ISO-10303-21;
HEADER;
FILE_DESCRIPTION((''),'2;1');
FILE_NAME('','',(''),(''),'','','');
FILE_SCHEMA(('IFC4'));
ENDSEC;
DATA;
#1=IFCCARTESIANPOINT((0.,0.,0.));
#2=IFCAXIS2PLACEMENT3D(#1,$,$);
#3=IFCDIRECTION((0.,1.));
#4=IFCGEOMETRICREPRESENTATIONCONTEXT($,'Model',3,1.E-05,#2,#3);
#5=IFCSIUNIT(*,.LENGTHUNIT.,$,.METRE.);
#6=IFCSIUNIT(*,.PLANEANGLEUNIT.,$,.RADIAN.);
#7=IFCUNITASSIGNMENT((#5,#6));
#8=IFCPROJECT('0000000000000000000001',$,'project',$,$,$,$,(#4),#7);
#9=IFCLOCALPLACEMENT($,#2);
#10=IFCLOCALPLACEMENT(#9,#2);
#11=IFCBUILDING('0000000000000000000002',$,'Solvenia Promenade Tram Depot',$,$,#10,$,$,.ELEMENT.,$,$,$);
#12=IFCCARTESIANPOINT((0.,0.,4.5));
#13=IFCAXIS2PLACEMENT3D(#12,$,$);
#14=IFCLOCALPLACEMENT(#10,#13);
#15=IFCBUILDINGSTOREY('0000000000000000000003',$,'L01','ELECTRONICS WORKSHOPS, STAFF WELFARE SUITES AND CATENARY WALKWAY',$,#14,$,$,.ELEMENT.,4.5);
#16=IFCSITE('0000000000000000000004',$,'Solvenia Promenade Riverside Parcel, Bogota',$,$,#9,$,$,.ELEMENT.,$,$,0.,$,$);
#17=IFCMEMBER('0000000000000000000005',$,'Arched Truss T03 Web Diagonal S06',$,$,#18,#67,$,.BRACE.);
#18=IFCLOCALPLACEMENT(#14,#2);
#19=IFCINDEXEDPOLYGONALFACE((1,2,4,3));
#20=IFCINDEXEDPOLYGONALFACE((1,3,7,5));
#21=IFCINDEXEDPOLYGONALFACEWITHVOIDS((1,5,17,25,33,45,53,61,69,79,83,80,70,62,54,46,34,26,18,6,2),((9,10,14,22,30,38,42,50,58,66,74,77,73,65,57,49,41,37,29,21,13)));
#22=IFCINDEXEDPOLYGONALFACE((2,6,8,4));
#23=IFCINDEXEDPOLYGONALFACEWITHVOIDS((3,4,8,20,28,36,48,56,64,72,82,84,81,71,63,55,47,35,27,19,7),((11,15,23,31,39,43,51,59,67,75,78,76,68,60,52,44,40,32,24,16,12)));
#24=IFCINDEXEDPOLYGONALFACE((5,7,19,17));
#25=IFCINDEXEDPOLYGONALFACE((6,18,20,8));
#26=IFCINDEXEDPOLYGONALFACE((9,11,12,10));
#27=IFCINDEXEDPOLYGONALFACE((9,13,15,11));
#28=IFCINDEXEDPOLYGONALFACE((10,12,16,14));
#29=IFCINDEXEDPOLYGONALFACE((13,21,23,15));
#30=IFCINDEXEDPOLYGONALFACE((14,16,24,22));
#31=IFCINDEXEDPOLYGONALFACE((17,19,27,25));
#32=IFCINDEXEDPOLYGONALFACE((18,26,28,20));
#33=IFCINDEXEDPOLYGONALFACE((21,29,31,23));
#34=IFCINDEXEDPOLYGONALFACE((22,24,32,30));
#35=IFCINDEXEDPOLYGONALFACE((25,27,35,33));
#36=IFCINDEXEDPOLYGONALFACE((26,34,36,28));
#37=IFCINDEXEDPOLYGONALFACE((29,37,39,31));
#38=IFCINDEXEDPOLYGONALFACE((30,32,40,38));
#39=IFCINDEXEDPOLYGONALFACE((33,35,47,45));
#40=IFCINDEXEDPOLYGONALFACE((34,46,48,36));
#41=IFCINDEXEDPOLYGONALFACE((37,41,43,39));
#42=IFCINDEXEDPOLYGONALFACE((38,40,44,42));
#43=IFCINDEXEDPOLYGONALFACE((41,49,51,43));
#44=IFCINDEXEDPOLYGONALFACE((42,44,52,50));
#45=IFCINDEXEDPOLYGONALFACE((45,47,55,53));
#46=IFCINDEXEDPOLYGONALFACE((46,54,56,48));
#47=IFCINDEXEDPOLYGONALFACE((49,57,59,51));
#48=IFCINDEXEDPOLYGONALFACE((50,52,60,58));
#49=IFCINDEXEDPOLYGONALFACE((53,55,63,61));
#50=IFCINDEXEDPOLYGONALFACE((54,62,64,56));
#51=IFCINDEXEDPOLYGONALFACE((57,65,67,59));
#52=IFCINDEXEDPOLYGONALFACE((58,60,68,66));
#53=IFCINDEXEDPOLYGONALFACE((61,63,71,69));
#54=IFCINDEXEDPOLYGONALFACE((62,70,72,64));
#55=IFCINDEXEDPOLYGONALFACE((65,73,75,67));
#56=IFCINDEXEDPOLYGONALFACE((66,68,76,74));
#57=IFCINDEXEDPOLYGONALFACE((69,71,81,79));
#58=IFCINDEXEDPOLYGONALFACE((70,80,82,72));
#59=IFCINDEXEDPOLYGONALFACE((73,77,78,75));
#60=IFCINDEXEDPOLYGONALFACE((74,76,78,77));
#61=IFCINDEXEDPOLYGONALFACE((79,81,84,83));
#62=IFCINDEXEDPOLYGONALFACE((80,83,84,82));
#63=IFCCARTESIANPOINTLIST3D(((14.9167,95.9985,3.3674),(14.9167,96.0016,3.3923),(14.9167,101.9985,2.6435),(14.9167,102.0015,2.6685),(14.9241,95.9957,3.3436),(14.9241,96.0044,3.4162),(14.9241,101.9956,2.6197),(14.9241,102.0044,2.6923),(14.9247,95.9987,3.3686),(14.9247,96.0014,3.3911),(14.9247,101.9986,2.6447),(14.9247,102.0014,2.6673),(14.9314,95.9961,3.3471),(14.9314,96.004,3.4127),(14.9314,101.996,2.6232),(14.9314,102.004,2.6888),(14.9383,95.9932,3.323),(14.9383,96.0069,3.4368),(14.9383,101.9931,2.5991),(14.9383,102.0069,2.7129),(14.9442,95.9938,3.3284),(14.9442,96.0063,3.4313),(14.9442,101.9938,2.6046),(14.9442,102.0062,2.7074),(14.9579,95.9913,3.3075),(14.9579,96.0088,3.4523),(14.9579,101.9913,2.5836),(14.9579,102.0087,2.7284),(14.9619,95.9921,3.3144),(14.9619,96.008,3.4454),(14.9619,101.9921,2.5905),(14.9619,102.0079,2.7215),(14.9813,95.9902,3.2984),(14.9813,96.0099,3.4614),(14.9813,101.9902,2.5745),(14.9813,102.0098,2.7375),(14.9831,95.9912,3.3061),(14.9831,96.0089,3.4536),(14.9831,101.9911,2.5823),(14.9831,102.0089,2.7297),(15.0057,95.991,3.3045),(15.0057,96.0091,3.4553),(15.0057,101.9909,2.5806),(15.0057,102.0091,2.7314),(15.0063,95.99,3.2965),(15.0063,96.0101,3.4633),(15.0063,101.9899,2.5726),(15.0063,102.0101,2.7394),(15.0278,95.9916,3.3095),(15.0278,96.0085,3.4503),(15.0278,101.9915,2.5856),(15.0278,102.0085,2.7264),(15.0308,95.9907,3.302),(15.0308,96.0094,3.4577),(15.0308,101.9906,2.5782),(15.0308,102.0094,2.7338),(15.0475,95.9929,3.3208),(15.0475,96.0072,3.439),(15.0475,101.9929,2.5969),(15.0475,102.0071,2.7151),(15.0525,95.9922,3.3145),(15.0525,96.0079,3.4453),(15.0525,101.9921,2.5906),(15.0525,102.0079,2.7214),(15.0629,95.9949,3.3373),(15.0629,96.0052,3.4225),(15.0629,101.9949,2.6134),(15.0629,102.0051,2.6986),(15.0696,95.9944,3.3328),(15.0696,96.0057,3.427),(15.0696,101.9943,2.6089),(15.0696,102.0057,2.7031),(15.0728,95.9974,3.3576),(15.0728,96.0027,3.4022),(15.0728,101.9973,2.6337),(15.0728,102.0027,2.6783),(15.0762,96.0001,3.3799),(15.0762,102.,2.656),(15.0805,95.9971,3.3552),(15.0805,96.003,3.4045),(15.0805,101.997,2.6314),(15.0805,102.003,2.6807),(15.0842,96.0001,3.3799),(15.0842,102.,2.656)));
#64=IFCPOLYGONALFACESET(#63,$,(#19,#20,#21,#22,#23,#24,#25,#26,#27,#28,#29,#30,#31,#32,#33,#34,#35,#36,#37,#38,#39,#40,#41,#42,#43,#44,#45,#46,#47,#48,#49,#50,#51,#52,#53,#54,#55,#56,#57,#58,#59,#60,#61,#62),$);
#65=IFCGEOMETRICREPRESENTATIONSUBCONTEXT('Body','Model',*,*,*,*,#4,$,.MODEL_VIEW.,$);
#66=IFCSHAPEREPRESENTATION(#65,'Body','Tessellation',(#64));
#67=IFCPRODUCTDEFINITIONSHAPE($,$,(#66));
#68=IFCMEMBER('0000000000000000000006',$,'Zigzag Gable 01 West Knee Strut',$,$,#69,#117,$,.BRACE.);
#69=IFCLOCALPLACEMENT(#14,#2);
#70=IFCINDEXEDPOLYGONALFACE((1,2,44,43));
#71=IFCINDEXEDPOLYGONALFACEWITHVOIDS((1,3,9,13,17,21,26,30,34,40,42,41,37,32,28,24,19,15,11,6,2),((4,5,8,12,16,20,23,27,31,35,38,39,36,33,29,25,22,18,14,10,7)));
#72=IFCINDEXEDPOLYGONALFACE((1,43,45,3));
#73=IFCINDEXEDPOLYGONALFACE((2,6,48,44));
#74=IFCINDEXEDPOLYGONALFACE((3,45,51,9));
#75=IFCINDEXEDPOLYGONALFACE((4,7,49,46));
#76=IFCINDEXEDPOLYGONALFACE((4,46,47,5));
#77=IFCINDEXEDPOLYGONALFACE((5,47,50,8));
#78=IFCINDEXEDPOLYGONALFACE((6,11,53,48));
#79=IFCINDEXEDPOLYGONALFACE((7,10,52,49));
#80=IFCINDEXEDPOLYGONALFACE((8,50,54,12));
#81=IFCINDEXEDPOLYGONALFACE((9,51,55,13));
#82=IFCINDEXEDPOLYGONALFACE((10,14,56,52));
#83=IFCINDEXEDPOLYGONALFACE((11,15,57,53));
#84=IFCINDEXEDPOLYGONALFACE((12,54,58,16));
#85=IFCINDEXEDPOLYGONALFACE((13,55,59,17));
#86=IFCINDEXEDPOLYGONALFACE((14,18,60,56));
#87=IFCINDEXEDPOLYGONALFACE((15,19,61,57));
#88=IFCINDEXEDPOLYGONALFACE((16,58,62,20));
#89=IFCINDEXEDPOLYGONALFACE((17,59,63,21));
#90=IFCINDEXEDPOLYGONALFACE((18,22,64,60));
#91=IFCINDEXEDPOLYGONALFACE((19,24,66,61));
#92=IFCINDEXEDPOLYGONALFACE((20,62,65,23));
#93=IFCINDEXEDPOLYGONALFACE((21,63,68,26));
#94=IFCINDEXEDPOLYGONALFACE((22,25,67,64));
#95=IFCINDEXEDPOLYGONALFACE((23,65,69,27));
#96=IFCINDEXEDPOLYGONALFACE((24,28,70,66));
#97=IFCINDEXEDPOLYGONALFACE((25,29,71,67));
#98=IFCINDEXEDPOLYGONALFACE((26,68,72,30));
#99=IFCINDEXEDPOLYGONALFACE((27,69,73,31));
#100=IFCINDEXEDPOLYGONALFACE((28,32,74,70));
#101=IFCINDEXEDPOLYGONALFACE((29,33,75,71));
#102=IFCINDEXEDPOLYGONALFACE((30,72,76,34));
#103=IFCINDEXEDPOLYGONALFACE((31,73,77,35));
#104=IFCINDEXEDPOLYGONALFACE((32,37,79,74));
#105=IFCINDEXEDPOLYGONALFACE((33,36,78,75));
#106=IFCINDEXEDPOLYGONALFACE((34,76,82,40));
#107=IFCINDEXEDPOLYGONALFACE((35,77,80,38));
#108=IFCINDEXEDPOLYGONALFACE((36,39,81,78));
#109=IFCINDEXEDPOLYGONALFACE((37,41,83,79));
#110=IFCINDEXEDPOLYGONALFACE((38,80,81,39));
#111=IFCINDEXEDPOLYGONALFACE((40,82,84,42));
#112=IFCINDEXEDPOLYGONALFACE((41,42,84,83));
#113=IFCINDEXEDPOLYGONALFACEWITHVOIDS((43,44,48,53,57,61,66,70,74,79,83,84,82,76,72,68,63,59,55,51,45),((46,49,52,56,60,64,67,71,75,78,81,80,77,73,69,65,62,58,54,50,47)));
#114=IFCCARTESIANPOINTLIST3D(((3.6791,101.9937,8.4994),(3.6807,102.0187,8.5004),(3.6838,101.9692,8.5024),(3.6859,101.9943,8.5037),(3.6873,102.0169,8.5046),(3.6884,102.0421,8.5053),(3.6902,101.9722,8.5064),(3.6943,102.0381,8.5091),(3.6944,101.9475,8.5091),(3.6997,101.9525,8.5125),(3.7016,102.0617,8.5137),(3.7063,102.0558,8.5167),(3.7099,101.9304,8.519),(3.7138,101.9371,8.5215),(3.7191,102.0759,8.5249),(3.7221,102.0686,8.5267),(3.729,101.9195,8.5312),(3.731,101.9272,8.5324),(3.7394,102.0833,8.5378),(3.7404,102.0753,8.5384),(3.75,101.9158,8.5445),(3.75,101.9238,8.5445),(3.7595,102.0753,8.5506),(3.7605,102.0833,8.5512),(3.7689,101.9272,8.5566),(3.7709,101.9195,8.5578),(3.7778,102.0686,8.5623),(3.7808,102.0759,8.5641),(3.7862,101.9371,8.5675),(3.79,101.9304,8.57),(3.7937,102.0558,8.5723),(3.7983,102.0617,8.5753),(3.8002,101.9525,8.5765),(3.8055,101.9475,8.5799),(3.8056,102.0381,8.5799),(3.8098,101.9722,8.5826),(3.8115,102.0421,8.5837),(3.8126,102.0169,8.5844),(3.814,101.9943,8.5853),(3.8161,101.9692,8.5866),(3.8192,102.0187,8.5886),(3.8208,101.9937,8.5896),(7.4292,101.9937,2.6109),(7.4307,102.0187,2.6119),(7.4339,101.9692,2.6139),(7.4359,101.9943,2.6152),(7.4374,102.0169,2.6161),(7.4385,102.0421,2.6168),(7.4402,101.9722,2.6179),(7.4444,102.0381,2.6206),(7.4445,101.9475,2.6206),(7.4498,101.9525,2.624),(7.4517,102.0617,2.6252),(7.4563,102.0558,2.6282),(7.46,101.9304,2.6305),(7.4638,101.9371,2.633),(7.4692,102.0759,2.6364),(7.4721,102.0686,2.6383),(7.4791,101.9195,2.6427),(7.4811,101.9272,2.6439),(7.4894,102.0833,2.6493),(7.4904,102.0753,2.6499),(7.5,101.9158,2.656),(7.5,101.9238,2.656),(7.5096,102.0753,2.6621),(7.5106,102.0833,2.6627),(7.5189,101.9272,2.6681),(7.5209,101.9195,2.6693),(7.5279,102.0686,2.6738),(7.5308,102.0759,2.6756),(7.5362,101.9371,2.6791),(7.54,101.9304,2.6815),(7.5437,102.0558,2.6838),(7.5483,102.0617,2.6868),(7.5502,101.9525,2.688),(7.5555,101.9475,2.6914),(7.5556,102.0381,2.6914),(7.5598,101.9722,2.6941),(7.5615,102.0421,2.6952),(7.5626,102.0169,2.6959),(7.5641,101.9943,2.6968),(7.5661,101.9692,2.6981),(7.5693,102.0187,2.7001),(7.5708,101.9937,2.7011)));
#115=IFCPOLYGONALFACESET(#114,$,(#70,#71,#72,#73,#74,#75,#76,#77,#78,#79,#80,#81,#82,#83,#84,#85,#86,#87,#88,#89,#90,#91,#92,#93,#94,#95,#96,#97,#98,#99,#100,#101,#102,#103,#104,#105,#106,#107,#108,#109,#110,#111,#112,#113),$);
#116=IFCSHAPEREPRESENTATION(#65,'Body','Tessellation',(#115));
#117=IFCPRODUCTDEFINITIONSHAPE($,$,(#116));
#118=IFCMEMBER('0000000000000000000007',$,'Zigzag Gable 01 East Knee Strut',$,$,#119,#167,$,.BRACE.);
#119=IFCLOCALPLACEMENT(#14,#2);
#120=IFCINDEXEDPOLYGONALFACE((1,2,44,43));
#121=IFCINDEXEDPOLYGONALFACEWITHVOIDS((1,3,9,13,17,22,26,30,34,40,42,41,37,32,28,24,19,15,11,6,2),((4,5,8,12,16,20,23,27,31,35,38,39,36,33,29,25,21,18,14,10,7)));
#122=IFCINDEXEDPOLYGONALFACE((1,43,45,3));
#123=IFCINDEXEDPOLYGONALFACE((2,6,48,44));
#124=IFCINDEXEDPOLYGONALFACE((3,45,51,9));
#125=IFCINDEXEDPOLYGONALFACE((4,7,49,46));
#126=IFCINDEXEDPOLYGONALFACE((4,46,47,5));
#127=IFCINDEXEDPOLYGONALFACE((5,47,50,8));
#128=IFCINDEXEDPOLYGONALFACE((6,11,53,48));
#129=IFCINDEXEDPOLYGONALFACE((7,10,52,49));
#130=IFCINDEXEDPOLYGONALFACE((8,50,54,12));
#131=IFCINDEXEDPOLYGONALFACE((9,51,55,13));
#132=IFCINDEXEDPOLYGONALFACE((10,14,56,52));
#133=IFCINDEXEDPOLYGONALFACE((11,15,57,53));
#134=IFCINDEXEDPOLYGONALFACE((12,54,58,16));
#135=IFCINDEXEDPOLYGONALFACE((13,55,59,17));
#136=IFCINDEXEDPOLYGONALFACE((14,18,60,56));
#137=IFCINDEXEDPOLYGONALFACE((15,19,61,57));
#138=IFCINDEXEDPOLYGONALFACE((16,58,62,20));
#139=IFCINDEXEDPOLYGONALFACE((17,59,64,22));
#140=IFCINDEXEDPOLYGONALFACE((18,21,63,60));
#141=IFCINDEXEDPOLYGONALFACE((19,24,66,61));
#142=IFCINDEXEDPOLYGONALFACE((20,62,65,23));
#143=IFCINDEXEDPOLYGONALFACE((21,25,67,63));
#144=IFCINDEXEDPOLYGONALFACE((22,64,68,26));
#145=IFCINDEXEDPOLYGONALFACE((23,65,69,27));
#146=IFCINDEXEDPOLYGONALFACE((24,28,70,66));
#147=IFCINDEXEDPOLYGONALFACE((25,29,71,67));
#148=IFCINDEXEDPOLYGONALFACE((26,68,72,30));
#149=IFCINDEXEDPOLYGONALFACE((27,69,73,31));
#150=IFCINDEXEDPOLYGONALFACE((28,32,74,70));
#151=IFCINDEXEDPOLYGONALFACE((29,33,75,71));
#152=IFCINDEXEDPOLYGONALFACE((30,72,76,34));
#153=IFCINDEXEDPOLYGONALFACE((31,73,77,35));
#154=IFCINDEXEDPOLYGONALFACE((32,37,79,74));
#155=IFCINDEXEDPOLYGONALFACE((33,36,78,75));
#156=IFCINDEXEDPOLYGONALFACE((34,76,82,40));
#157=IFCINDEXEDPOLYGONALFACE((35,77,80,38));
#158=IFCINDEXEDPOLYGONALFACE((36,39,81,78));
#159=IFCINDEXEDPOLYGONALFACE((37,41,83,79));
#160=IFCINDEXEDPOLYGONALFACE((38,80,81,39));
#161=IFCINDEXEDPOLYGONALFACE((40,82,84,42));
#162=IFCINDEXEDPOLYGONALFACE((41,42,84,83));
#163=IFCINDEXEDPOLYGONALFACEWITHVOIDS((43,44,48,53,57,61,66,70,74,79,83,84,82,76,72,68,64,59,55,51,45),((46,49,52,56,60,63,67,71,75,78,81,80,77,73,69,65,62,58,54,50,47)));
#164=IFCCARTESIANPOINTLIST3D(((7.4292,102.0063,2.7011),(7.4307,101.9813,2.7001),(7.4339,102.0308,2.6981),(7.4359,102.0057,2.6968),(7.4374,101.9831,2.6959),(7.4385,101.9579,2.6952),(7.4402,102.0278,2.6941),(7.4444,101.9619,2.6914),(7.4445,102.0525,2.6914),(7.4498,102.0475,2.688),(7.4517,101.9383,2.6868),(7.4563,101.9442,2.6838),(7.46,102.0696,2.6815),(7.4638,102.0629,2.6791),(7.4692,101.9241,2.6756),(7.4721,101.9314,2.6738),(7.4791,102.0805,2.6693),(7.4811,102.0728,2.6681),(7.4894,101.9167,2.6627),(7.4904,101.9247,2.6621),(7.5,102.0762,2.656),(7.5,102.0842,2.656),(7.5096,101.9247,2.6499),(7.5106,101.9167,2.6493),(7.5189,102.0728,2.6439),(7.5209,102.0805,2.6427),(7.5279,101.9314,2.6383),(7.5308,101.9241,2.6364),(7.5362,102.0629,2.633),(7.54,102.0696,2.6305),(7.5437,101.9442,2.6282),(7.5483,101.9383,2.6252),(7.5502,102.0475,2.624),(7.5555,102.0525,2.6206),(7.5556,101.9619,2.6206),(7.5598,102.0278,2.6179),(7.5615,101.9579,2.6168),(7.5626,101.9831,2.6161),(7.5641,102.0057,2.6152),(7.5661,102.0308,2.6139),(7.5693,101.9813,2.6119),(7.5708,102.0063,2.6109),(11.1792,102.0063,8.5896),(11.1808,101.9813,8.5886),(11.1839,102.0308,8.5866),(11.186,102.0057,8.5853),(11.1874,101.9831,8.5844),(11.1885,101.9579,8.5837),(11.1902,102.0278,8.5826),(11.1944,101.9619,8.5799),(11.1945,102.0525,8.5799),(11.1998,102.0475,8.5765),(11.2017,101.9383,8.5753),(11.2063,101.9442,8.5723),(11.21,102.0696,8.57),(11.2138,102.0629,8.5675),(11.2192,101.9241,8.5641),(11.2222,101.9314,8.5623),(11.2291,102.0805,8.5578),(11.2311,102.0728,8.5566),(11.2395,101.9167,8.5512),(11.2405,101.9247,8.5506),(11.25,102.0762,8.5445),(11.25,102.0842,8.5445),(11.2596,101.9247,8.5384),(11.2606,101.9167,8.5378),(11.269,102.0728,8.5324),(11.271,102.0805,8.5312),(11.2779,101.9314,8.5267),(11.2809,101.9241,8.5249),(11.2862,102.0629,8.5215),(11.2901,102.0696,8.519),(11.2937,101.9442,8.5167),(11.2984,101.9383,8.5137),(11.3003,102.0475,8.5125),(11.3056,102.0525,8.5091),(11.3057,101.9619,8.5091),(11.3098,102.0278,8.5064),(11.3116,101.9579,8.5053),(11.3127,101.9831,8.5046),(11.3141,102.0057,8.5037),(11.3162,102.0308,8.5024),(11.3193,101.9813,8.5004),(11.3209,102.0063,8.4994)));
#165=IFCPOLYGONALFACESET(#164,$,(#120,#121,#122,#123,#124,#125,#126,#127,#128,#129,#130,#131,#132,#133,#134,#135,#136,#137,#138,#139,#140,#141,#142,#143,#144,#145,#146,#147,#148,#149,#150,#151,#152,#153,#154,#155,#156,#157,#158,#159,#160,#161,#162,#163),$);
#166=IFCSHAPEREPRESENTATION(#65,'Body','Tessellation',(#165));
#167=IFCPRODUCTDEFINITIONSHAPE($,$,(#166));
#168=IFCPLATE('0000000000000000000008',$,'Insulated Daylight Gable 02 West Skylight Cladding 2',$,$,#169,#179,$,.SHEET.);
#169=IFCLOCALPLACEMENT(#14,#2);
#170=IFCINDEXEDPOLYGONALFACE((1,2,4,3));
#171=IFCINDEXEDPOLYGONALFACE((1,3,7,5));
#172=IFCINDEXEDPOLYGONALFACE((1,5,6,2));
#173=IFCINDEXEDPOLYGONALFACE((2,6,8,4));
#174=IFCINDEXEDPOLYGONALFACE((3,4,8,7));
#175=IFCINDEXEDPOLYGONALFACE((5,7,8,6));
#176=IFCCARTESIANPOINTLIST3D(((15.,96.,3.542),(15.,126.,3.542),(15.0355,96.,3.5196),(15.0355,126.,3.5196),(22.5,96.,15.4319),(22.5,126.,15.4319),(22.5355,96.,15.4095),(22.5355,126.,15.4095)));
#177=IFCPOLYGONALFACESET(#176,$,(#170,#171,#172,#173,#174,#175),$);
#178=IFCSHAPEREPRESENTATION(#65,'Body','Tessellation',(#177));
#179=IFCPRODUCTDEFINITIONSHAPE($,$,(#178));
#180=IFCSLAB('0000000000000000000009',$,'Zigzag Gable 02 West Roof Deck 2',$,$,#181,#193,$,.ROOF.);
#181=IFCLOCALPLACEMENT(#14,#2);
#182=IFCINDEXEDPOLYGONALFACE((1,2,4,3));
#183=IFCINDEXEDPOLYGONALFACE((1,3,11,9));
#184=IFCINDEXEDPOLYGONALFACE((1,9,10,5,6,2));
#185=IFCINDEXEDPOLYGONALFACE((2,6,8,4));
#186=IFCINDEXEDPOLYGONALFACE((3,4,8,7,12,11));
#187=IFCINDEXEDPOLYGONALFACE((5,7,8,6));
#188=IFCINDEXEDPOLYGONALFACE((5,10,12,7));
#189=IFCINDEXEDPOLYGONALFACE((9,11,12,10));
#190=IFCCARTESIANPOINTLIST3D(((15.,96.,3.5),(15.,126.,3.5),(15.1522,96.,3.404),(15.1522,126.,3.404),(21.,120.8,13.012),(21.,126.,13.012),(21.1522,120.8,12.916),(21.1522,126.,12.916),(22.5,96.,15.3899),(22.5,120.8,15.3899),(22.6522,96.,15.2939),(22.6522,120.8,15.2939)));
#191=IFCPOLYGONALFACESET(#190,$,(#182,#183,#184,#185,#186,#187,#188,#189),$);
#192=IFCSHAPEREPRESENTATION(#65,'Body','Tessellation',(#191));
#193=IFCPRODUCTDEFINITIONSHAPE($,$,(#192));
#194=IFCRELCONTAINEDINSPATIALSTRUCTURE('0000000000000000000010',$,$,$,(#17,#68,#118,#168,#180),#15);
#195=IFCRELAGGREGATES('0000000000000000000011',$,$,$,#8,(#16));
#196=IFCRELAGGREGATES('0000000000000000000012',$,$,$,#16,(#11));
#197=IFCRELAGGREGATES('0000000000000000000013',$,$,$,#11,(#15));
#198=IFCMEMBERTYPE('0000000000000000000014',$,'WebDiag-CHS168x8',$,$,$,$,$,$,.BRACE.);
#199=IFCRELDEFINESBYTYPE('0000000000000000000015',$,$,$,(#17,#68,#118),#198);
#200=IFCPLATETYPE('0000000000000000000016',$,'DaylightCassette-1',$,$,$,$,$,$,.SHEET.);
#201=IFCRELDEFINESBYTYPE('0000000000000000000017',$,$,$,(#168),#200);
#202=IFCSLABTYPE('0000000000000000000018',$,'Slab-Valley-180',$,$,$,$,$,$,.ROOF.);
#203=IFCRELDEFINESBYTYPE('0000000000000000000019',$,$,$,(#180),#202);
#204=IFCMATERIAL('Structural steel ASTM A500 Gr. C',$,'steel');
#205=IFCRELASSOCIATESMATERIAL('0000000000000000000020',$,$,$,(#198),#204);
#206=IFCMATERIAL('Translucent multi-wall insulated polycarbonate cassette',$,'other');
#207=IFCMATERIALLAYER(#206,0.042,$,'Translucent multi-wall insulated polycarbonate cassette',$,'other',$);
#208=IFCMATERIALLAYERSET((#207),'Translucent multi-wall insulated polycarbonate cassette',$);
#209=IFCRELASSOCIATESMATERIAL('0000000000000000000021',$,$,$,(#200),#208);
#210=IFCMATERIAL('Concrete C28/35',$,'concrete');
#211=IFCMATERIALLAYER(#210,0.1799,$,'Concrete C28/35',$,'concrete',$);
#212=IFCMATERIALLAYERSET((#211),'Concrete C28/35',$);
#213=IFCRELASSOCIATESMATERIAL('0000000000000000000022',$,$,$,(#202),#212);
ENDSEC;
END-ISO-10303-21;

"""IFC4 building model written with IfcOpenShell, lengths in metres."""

from ifc_helpers import new_model, si_unit, direction, frame, origin, origin_2d, place, context, subcontext, project, spatial, polyline, hollow_circle, outline, extrude, material, layer, layer_set, material_profile, profile_set, type_object, element, save


model = new_model("IFC4")

# Units and contexts
model_context = context("Model", 3, precision=1e-05, world=origin(), true_north=direction((0.0, 1.0)))
body_context = subcontext(model_context, "Body", "Model", "MODEL_VIEW")
ifc_project = project(units=[si_unit("LENGTHUNIT", "METRE"), si_unit("PLANEANGLEUNIT", "RADIAN")], contexts=[model_context])

# Site, building, storey
site_placement = place(None, origin())
site = spatial("IfcSite", under=ifc_project, at=site_placement, Name="Solvenia Promenade Riverside Parcel, Bogota", CompositionType="ELEMENT", RefElevation=0.0)
building_placement = place(site_placement, origin())
building = spatial("IfcBuilding", under=site, at=building_placement, Name="Solvenia Promenade Tram Depot", CompositionType="ELEMENT")
storey_placement = place(building_placement, frame((0.0, 0.0, 4.5)))
storey = spatial("IfcBuildingStorey", under=building, at=storey_placement, Name="L01", Description="ELECTRONICS WORKSHOPS, STAFF WELFARE SUITES AND CATENARY WALKWAY", CompositionType="ELEMENT", Elevation=4.5)

# Shared definitions
ifc_material_1 = material(Name="Structural steel ASTM A500 Gr. C", Category="steel")

# Members
ifc_material_profile_1 = material_profile(ifc_material_1, hollow_circle(Radius=0.0842, WallThickness=0.0081, at=origin_2d()), Name="CHS168.3x8", Category="steel")
ifc_profile_set_1 = profile_set([ifc_material_profile_1], Name="Structural steel ASTM A500 Gr. C")
member_type_1 = type_object("IfcMemberType", Name="WebDiag-CHS168x8", PredefinedType="BRACE", material=ifc_profile_set_1)
member_1_placement = place(storey_placement, frame((15.0, 102.0, 2.656), z_axis=(0.0, -0.992801, 0.119778), x_axis=(1.0, 0.0, 0.0)))
element("IfcMember", 1, at=member_1_placement, inside=storey, type_object=member_type_1, Name="Arched Truss T03 Web Diagonal S06", PredefinedType="BRACE", context=body_context, shape_type="SweptSolid", body=[
    extrude(hollow_circle(Radius=0.0842, WallThickness=0.0081, at=origin_2d()), origin(), (0.0, 0.0, 1.0), 6.0435),
])
for number, where, z_axis, x_axis, name in (
    (2, (7.5, 102.0, 2.656), (-0.537163, 0.0, 0.843479), (0.0, -1.0, 0.0), "Zigzag Gable 01 West Knee Strut"),
    (3, (7.5, 102.0, 2.656), (0.537163, 0.0, 0.843479), (0.0, 1.0, 0.0), "Zigzag Gable 01 East Knee Strut"),
):
    element("IfcMember", number, at=place(storey_placement, frame(where, z_axis=z_axis, x_axis=x_axis)), inside=storey, type_object=member_type_1, Name=name, PredefinedType="BRACE", context=body_context, shape_type="SweptSolid", body=[
        extrude(hollow_circle(Radius=0.0842, WallThickness=0.0081, at=origin_2d()), origin(), (0.0, 0.0, 1.0), 6.9812),
    ])

# Plate
ifc_material_2 = material(Name="Translucent multi-wall insulated polycarbonate cassette", Category="other")
ifc_layer_1 = layer(ifc_material_2, 0.042, Name="Translucent multi-wall insulated polycarbonate cassette", Category="other")
ifc_layer_set_1 = layer_set([ifc_layer_1], Name="Translucent multi-wall insulated polycarbonate cassette")
plate_type = type_object("IfcPlateType", Name="DaylightCassette-1", PredefinedType="SHEET", material=ifc_layer_set_1)
plate_placement = place(storey_placement, frame((15.0, 96.0, 3.542), z_axis=(-0.845791, 0.0, 0.533515), x_axis=(0.0, 1.0, 0.0)))
element("IfcPlate", 4, at=plate_placement, inside=storey, type_object=plate_type, Name="Insulated Daylight Gable 02 West Skylight Cladding 2", PredefinedType="SHEET", context=body_context, shape_type="SweptSolid", body=[
    extrude(outline(polyline([(0.0, 0.0), (30.0, 0.0), (30.0, -14.0577), (0.0, -14.0577), (0.0, 0.0)])), origin(), (0.0, 0.0, -1.0), 0.042),
])

# Slab
ifc_material_3 = material(Name="Concrete C28/35", Category="concrete")
ifc_layer_2 = layer(ifc_material_3, 0.1799, Name="Concrete C28/35", Category="concrete")
ifc_layer_set_2 = layer_set([ifc_layer_2], Name="Concrete C28/35")
slab_type = type_object("IfcSlabType", Name="Slab-Valley-180", PredefinedType="ROOF", material=ifc_layer_set_2)
slab_placement = place(storey_placement, frame((15.0, 96.0, 3.5), z_axis=(-0.845791, 0.0, 0.533514), x_axis=(0.0, 1.0, 0.0)))
element("IfcSlab", 5, at=slab_placement, inside=storey, type_object=slab_type, Name="Zigzag Gable 02 West Roof Deck 2", PredefinedType="ROOF", context=body_context, shape_type="SweptSolid", body=[
    extrude(outline(polyline([(0.0, 0.0), (30.0, 0.0), (30.0, -11.2462), (24.8, -11.2462), (24.8, -14.0577), (0.0, -14.0577), (0.0, 0.0)])), origin(), (0.0, 0.0, -1.0), 0.1799),
])

save(model, "model.ifc")
